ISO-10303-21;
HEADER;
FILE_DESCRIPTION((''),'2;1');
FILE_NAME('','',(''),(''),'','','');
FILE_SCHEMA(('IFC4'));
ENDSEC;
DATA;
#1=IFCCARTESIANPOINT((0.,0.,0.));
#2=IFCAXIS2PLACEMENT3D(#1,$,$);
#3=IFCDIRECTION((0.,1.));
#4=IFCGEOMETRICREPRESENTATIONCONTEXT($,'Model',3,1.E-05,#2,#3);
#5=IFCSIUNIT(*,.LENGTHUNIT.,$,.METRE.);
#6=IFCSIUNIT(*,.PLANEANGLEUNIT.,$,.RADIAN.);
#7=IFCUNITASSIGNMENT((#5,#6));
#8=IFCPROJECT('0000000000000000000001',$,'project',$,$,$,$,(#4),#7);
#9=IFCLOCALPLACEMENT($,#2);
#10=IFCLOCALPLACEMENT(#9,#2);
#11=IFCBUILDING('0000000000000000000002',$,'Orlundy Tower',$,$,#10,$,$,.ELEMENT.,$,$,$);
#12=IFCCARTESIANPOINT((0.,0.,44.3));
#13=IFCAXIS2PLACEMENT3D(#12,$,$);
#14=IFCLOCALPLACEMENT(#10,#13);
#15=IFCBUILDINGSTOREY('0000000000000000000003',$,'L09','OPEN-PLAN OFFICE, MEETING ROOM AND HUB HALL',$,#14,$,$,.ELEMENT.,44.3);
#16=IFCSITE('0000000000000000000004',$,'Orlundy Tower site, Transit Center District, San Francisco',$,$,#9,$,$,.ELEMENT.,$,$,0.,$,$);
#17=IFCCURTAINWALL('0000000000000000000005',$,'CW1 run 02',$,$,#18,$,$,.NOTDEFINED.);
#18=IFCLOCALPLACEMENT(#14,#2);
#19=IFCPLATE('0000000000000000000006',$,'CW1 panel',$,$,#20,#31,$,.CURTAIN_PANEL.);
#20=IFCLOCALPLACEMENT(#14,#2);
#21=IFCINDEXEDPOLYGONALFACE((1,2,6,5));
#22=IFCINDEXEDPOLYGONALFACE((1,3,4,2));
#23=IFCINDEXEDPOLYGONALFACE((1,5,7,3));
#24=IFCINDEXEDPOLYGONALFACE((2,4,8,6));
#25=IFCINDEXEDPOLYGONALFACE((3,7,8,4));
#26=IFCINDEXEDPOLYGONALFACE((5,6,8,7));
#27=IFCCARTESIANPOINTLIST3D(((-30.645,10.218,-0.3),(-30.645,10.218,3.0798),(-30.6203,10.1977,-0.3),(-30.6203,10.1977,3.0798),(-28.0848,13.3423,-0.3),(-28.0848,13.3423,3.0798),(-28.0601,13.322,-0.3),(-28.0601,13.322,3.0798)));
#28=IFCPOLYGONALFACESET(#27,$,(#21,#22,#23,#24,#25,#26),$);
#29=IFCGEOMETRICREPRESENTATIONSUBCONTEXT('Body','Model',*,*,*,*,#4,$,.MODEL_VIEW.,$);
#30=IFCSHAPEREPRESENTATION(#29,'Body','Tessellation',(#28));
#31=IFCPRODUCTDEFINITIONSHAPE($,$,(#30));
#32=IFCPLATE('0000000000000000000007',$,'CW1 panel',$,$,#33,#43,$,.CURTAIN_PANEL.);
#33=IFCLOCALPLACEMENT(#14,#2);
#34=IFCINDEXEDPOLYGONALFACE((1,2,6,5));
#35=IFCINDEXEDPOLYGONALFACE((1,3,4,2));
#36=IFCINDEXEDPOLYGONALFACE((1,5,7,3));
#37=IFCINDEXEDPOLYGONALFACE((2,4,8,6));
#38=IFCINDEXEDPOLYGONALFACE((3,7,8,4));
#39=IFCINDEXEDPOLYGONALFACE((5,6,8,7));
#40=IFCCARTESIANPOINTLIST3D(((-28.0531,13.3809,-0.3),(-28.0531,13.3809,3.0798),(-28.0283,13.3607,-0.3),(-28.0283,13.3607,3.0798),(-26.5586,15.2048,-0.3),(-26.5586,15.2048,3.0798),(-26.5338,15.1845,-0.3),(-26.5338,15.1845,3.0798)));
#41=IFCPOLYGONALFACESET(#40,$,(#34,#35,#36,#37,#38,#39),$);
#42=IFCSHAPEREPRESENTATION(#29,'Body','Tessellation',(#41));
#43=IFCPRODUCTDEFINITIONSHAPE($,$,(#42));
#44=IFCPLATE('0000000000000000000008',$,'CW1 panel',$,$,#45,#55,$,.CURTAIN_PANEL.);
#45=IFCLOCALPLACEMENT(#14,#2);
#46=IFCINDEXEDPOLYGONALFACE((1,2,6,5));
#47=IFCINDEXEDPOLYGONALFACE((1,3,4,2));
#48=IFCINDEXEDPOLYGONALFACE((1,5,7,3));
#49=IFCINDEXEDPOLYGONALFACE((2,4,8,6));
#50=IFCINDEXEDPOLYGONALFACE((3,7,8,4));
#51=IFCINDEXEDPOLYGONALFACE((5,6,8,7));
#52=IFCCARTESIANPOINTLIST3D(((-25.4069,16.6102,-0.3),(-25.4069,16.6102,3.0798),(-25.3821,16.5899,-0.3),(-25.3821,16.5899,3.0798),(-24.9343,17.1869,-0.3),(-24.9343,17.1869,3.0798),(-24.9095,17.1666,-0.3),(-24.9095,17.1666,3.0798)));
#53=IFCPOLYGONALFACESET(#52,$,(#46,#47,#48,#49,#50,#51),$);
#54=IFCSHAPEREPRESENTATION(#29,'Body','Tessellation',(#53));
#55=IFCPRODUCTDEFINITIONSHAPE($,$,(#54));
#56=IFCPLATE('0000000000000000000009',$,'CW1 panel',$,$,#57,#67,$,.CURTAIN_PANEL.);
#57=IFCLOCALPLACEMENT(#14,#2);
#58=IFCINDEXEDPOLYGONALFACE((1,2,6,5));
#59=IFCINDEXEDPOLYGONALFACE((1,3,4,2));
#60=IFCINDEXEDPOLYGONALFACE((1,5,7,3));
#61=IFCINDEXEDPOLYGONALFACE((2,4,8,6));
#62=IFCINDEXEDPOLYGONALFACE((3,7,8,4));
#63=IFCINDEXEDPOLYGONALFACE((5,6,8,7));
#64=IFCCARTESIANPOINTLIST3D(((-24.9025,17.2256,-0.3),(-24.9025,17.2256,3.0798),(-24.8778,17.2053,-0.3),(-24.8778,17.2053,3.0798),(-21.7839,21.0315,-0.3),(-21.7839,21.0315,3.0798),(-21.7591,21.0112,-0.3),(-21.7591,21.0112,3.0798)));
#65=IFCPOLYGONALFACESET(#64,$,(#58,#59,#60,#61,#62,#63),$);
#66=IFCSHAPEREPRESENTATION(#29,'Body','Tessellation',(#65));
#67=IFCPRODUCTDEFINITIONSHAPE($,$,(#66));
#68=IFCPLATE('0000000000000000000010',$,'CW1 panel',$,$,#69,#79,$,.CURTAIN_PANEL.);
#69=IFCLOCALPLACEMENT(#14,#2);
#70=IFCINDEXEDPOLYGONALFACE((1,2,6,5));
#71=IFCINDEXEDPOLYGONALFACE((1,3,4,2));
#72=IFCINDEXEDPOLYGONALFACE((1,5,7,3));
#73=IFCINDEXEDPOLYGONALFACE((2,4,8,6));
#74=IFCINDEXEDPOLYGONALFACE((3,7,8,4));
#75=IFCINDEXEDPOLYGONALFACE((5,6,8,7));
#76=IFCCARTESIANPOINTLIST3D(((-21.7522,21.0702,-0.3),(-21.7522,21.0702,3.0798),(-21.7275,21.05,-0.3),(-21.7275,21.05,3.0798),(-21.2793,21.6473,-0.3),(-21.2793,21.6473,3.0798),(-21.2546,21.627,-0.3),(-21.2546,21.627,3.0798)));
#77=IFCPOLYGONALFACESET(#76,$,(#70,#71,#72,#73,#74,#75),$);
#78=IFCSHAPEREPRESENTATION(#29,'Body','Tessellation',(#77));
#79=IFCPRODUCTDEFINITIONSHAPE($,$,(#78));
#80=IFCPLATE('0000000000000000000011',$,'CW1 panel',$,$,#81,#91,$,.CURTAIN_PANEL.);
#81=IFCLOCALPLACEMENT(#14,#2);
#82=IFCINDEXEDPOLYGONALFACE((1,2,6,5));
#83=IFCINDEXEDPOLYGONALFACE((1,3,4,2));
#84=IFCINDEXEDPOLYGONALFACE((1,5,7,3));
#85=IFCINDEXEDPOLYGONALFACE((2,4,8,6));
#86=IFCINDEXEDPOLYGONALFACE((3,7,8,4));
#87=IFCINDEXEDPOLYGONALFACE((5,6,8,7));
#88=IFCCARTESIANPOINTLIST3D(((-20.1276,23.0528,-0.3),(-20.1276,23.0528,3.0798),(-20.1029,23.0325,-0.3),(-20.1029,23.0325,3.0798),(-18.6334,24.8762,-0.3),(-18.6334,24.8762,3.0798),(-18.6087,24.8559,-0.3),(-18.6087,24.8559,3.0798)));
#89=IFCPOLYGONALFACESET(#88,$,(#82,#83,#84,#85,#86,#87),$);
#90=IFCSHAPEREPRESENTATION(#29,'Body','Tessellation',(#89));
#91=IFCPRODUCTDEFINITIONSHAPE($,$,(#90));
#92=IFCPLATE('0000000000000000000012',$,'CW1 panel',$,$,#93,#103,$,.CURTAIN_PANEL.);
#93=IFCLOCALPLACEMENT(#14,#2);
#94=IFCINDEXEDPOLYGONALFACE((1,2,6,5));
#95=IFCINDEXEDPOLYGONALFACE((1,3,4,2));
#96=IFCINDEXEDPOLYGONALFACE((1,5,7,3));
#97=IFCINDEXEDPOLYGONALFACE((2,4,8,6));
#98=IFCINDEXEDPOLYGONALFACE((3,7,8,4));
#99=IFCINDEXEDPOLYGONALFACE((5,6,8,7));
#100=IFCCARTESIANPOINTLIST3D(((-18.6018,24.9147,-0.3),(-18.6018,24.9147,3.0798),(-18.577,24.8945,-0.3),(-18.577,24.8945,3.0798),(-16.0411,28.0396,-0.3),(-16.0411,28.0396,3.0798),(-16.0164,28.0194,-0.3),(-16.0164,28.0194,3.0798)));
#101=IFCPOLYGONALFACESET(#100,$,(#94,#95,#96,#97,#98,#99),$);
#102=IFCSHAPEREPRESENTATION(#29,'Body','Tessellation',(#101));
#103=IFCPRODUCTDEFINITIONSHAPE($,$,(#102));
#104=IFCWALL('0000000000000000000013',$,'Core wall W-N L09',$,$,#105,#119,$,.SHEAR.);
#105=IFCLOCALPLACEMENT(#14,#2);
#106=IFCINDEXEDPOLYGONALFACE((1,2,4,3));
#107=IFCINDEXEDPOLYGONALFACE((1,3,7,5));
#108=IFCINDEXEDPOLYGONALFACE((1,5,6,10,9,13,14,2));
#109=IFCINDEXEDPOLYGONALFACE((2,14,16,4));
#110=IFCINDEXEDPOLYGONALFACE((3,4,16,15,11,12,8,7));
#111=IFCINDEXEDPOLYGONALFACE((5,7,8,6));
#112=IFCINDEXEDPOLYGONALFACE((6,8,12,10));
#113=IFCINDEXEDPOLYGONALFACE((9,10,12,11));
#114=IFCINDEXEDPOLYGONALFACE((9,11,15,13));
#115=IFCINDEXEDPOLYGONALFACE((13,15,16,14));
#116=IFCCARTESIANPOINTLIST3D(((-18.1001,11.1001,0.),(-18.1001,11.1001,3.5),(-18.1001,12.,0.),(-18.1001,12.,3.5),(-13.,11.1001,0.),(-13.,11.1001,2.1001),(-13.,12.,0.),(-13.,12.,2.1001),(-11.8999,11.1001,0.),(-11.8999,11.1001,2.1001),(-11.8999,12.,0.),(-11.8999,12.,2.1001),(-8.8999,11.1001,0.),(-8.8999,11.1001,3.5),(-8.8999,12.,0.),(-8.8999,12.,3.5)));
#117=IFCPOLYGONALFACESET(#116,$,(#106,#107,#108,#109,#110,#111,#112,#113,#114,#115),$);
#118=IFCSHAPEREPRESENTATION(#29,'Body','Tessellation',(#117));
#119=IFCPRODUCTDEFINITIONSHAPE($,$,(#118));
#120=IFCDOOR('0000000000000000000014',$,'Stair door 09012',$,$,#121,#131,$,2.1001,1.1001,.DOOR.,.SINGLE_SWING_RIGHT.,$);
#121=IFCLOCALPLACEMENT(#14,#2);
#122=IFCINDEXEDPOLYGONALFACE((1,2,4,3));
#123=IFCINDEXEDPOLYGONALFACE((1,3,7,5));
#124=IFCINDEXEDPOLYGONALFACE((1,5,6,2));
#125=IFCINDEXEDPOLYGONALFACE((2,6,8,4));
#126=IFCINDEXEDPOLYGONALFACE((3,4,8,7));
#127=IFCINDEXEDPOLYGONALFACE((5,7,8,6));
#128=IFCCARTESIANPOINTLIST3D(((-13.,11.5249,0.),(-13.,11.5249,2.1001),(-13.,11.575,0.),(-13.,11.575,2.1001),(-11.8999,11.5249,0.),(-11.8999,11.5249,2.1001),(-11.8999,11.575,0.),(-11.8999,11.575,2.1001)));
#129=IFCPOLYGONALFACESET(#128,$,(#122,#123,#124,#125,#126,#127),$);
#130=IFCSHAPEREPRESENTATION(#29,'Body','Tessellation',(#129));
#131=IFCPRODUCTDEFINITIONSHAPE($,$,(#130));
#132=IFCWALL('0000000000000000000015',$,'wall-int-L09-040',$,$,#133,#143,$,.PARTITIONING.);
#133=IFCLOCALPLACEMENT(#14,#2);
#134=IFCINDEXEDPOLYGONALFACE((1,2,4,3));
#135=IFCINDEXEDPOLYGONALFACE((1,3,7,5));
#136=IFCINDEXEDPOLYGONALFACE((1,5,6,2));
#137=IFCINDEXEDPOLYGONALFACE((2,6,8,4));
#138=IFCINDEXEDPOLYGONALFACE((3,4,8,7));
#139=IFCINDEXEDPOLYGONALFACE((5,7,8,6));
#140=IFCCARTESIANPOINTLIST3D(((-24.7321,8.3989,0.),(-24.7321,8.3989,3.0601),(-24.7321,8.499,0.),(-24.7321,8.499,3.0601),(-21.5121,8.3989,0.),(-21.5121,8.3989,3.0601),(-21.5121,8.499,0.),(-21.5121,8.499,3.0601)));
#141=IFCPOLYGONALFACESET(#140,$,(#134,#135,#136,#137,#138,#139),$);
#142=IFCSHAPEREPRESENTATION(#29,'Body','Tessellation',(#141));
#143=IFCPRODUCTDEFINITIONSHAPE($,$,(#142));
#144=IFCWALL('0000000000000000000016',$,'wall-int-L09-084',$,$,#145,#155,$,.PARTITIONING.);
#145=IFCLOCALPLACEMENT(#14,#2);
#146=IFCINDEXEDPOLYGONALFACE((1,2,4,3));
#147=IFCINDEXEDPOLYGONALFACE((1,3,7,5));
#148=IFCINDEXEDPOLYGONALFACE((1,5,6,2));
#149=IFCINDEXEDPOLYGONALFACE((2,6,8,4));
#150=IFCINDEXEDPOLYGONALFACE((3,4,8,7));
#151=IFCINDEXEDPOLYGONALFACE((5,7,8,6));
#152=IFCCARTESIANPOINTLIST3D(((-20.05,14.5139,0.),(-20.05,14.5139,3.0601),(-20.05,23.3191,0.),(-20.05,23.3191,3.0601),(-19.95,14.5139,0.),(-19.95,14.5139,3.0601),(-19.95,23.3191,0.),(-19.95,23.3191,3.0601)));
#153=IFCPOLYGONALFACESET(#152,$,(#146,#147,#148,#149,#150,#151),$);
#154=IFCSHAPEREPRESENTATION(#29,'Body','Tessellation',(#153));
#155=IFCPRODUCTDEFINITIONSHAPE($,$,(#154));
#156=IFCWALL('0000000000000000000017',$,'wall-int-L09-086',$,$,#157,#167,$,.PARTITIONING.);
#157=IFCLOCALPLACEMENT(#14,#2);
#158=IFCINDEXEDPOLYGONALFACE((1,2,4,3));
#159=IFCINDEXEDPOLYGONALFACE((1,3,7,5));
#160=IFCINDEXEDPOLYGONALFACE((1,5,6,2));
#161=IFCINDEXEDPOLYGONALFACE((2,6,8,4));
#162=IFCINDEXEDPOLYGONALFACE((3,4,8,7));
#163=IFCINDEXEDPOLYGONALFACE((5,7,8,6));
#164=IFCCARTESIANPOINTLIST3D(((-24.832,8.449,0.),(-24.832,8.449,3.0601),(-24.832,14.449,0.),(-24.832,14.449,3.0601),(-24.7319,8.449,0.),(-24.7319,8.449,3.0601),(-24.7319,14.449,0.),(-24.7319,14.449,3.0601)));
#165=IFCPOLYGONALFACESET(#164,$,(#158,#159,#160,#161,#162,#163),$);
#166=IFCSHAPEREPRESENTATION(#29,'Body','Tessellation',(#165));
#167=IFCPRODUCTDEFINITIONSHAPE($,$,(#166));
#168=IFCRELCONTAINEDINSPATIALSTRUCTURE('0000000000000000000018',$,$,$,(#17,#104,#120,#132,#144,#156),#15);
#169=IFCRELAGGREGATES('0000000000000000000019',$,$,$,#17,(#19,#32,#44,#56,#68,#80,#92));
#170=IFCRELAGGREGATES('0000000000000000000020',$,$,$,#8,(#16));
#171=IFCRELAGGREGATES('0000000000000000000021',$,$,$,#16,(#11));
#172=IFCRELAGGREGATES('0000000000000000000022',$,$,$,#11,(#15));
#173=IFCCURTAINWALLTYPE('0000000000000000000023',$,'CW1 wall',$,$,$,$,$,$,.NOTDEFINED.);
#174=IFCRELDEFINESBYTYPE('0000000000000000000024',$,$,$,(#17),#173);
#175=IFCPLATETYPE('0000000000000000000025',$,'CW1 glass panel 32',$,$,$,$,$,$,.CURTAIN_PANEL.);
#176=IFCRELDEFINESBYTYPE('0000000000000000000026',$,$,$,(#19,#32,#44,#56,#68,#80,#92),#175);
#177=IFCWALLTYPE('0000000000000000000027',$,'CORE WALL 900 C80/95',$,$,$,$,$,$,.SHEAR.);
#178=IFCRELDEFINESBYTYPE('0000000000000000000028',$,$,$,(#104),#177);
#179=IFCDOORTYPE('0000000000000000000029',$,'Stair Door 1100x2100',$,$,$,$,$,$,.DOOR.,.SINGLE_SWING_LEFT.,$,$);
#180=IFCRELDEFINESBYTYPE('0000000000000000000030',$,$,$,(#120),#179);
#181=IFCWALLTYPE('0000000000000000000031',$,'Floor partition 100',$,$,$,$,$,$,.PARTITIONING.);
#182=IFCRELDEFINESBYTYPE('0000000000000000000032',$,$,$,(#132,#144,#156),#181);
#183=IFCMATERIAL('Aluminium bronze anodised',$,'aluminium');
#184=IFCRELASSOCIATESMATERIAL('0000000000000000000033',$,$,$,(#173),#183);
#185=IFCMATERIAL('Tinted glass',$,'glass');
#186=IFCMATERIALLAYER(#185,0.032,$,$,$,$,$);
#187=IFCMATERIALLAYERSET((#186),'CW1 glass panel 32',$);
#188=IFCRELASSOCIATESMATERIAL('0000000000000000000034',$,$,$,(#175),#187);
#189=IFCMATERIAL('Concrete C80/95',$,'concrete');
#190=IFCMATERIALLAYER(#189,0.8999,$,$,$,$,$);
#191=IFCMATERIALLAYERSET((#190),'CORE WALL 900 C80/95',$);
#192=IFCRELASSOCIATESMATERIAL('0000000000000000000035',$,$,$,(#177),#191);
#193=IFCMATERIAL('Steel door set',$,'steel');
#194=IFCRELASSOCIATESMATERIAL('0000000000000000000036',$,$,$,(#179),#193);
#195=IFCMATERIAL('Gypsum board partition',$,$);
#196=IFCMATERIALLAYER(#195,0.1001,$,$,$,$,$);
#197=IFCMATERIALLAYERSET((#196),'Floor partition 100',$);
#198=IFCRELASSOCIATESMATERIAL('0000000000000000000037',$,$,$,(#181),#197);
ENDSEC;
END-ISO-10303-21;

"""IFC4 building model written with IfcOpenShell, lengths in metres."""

from ifc_helpers import new_model, si_unit, direction, frame, frame_2d, origin, origin_2d, place, context, subcontext, project, spatial, rectangle, extrude, material, layer, layer_set, type_object, element, fill, aggregate, save


model = new_model("IFC4")

# Units and contexts
model_context = context("Model", 3, precision=1e-05, world=origin(), true_north=direction((0.0, 1.0)))
body_context = subcontext(model_context, "Body", "Model", "MODEL_VIEW")
ifc_project = project(units=[si_unit("LENGTHUNIT", "METRE"), si_unit("PLANEANGLEUNIT", "RADIAN")], contexts=[model_context])

# Site, building, storey
site_placement = place(None, origin())
site = spatial("IfcSite", under=ifc_project, at=site_placement, Name="Orlundy Tower site, Transit Center District, San Francisco", CompositionType="ELEMENT", RefElevation=0.0)
building_placement = place(site_placement, origin())
building = spatial("IfcBuilding", under=site, at=building_placement, Name="Orlundy Tower", CompositionType="ELEMENT")
storey_placement = place(building_placement, frame((0.0, 0.0, 44.3)))
storey = spatial("IfcBuildingStorey", under=building, at=storey_placement, Name="L09", Description="OPEN-PLAN OFFICE, MEETING ROOM AND HUB HALL", CompositionType="ELEMENT", Elevation=44.3)

# Shared definitions
ifc_material_1 = material(Name="Aluminium bronze anodised", Category="aluminium")
curtain_wall_type = type_object("IfcCurtainWallType", Name="CW1 wall", PredefinedType="NOTDEFINED", material=ifc_material_1)

# Curtain wall
curtain_wall_1_placement = place(storey_placement, origin())
curtain_wall_1 = element("IfcCurtainWall", 1, at=curtain_wall_1_placement, inside=storey, type_object=curtain_wall_type, Name="CW1 run 02", PredefinedType="NOTDEFINED")

# Plates
ifc_material_2 = material(Name="Tinted glass", Category="glass")
ifc_layer_1 = layer(ifc_material_2, 0.032)
ifc_layer_set_1 = layer_set([ifc_layer_1], Name="CW1 glass panel 32")
plate_type = type_object("IfcPlateType", Name="CW1 glass panel 32", PredefinedType="CURTAIN_PANEL", material=ifc_layer_set_1)
plate_1_placement = place(storey_placement, frame((-29.3525, 11.77, -0.3), z_axis=(0.0, 0.0, 1.0), x_axis=(0.633818, 0.773482, 0.0)))
plate_1 = element("IfcPlate", 2, at=plate_1_placement, type_object=plate_type, Name="CW1 panel", PredefinedType="CURTAIN_PANEL", context=body_context, shape_type="SweptSolid", body=[
    extrude(rectangle(XDim=4.0393, YDim=0.032, at=origin_2d()), origin(), (0.0, 0.0, 1.0), 3.3799),
])
plate_2_placement = place(storey_placement, frame((-27.2935, 14.2827, -0.3), z_axis=(0.0, 0.0, 1.0), x_axis=(0.633818, 0.773482, 0.0)))
plate_2 = element("IfcPlate", 3, at=plate_2_placement, type_object=plate_type, Name="CW1 panel", PredefinedType="CURTAIN_PANEL", context=body_context, shape_type="SweptSolid", body=[
    extrude(rectangle(XDim=2.3579, YDim=0.032, at=origin_2d()), origin(), (0.0, 0.0, 1.0), 3.3799),
])
plate_3_placement = place(storey_placement, frame((-25.1582, 16.8884, -0.3), z_axis=(0.0, 0.0, 1.0), x_axis=(0.633818, 0.773482, 0.0)))
plate_3 = element("IfcPlate", 4, at=plate_3_placement, type_object=plate_type, Name="CW1 panel", PredefinedType="CURTAIN_PANEL", context=body_context, shape_type="SweptSolid", body=[
    extrude(rectangle(XDim=0.7456, YDim=0.032, at=origin_2d()), origin(), (0.0, 0.0, 1.0), 3.3799),
])
plate_4_placement = place(storey_placement, frame((-23.3308, 19.1184, -0.3), z_axis=(0.0, 0.0, 1.0), x_axis=(0.633818, 0.773482, 0.0)))
plate_4 = element("IfcPlate", 5, at=plate_4_placement, type_object=plate_type, Name="CW1 panel", PredefinedType="CURTAIN_PANEL", context=body_context, shape_type="SweptSolid", body=[
    extrude(rectangle(XDim=4.9204, YDim=0.032, at=origin_2d()), origin(), (0.0, 0.0, 1.0), 3.3799),
])
plate_5_placement = place(storey_placement, frame((-21.5034, 21.3486, -0.3), z_axis=(0.0, 0.0, 1.0), x_axis=(0.633818, 0.773482, 0.0)))
plate_5 = element("IfcPlate", 6, at=plate_5_placement, type_object=plate_type, Name="CW1 panel", PredefinedType="CURTAIN_PANEL", context=body_context, shape_type="SweptSolid", body=[
    extrude(rectangle(XDim=0.7461, YDim=0.032, at=origin_2d()), origin(), (0.0, 0.0, 1.0), 3.3799),
])
plate_6_placement = place(storey_placement, frame((-19.3682, 23.9543, -0.3), z_axis=(0.0, 0.0, 1.0), x_axis=(0.633818, 0.773482, 0.0)))
plate_6 = element("IfcPlate", 7, at=plate_6_placement, type_object=plate_type, Name="CW1 panel", PredefinedType="CURTAIN_PANEL", context=body_context, shape_type="SweptSolid", body=[
    extrude(rectangle(XDim=2.3574, YDim=0.032, at=origin_2d()), origin(), (0.0, 0.0, 1.0), 3.3799),
])
plate_7_placement = place(storey_placement, frame((-17.3091, 26.467, -0.3), z_axis=(0.0, 0.0, 1.0), x_axis=(0.633818, 0.773482, 0.0)))
plate_7 = element("IfcPlate", 8, at=plate_7_placement, type_object=plate_type, Name="CW1 panel", PredefinedType="CURTAIN_PANEL", context=body_context, shape_type="SweptSolid", body=[
    extrude(rectangle(XDim=4.04, YDim=0.032, at=origin_2d()), origin(), (0.0, 0.0, 1.0), 3.3799),
])
aggregate(curtain_wall_1, [plate_1, plate_2, plate_3, plate_4, plate_5, plate_6, plate_7])

# Wall, opening, door
ifc_material_3 = material(Name="Concrete C80/95", Category="concrete")
ifc_layer_2 = layer(ifc_material_3, 0.8999)
ifc_layer_set_2 = layer_set([ifc_layer_2], Name="CORE WALL 900 C80/95")
wall_type_1 = type_object("IfcWallType", Name="CORE WALL 900 C80/95", PredefinedType="SHEAR", material=ifc_layer_set_2)
wall_1_placement = place(storey_placement, frame((-18.1001, 11.55, 0.0), z_axis=(0.0, 0.0, 1.0), x_axis=(1.0, 0.0, 0.0)))
wall_1 = element("IfcWall", 9, at=wall_1_placement, inside=storey, type_object=wall_type_1, Name="Core wall W-N L09", PredefinedType="SHEAR", context=body_context, shape_type="SweptSolid", body=[
    extrude(rectangle(XDim=9.2002, YDim=0.8999, at=frame_2d((4.6001, 0.0))), origin(), (0.0, 0.0, 1.0), 3.5),
])
opening_1_placement = place(wall_1_placement, frame((5.1001, 0.0, 0.0)))
opening_1 = element("IfcOpeningElement", 10, at=opening_1_placement, cuts=wall_1, PredefinedType="OPENING", context=body_context, shape_type="SweptSolid", body=[
    extrude(rectangle(XDim=1.1001, YDim=2.1001, at=frame_2d((0.55, 1.05))), frame((0.0, 0.46, 0.0), z_axis=(0.0, -1.0, 0.0), x_axis=(1.0, 0.0, 0.0)), (0.0, 0.0, 1.0), 0.9199),
])
ifc_material_4 = material(Name="Steel door set", Category="steel")
door_type_1 = type_object("IfcDoorType", Name="Stair Door 1100x2100", OperationType="SINGLE_SWING_LEFT", PredefinedType="DOOR", material=ifc_material_4)
door_1_placement = place(opening_1_placement, origin())
door_1 = element("IfcDoor", 11, at=door_1_placement, inside=storey, type_object=door_type_1, Name="Stair door 09012", OperationType="SINGLE_SWING_RIGHT", OverallHeight=2.1001, OverallWidth=1.1001, PredefinedType="DOOR", context=body_context, shape_type="SweptSolid", body=[
    extrude(rectangle(XDim=1.1001, YDim=2.1001, at=frame_2d((0.55, 1.05))), frame((0.0, 0.0249, 0.0), z_axis=(0.0, -1.0, 0.0), x_axis=(1.0, 0.0, 0.0)), (0.0, 0.0, 1.0), 0.05),
])
fill(opening_1, door_1)

# Walls
ifc_material_5 = material(Name="Gypsum board partition")
ifc_layer_3 = layer(ifc_material_5, 0.1001)
ifc_layer_set_3 = layer_set([ifc_layer_3], Name="Floor partition 100")
wall_type_2 = type_object("IfcWallType", Name="Floor partition 100", PredefinedType="PARTITIONING", material=ifc_layer_set_3)
wall_2_placement = place(storey_placement, frame((-24.7319, 8.449, 0.0), z_axis=(0.0, 0.0, 1.0), x_axis=(1.0, 0.0, 0.0)))
element("IfcWall", 12, at=wall_2_placement, inside=storey, type_object=wall_type_2, Name="wall-int-L09-040", PredefinedType="PARTITIONING", context=body_context, shape_type="SweptSolid", body=[
    extrude(rectangle(XDim=3.22, YDim=0.1001, at=frame_2d((1.6099, 0.0))), origin(), (0.0, 0.0, 1.0), 3.0601),
])
wall_3_placement = place(storey_placement, frame((-20.0, 14.5139, 0.0), z_axis=(0.0, 0.0, 1.0), x_axis=(0.0, 1.0, 0.0)))
element("IfcWall", 13, at=wall_3_placement, inside=storey, type_object=wall_type_2, Name="wall-int-L09-084", PredefinedType="PARTITIONING", context=body_context, shape_type="SweptSolid", body=[
    extrude(rectangle(XDim=8.8052, YDim=0.1001, at=frame_2d((4.4026, 0.0))), origin(), (0.0, 0.0, 1.0), 3.0601),
])
wall_4_placement = place(storey_placement, frame((-24.782, 8.449, 0.0), z_axis=(0.0, 0.0, 1.0), x_axis=(0.0, 1.0, 0.0)))
element("IfcWall", 14, at=wall_4_placement, inside=storey, type_object=wall_type_2, Name="wall-int-L09-086", PredefinedType="PARTITIONING", context=body_context, shape_type="SweptSolid", body=[
    extrude(rectangle(XDim=6.0, YDim=0.1001, at=frame_2d((3.0, 0.0))), origin(), (0.0, 0.0, 1.0), 3.0601),
])

save(model, "model.ifc")
